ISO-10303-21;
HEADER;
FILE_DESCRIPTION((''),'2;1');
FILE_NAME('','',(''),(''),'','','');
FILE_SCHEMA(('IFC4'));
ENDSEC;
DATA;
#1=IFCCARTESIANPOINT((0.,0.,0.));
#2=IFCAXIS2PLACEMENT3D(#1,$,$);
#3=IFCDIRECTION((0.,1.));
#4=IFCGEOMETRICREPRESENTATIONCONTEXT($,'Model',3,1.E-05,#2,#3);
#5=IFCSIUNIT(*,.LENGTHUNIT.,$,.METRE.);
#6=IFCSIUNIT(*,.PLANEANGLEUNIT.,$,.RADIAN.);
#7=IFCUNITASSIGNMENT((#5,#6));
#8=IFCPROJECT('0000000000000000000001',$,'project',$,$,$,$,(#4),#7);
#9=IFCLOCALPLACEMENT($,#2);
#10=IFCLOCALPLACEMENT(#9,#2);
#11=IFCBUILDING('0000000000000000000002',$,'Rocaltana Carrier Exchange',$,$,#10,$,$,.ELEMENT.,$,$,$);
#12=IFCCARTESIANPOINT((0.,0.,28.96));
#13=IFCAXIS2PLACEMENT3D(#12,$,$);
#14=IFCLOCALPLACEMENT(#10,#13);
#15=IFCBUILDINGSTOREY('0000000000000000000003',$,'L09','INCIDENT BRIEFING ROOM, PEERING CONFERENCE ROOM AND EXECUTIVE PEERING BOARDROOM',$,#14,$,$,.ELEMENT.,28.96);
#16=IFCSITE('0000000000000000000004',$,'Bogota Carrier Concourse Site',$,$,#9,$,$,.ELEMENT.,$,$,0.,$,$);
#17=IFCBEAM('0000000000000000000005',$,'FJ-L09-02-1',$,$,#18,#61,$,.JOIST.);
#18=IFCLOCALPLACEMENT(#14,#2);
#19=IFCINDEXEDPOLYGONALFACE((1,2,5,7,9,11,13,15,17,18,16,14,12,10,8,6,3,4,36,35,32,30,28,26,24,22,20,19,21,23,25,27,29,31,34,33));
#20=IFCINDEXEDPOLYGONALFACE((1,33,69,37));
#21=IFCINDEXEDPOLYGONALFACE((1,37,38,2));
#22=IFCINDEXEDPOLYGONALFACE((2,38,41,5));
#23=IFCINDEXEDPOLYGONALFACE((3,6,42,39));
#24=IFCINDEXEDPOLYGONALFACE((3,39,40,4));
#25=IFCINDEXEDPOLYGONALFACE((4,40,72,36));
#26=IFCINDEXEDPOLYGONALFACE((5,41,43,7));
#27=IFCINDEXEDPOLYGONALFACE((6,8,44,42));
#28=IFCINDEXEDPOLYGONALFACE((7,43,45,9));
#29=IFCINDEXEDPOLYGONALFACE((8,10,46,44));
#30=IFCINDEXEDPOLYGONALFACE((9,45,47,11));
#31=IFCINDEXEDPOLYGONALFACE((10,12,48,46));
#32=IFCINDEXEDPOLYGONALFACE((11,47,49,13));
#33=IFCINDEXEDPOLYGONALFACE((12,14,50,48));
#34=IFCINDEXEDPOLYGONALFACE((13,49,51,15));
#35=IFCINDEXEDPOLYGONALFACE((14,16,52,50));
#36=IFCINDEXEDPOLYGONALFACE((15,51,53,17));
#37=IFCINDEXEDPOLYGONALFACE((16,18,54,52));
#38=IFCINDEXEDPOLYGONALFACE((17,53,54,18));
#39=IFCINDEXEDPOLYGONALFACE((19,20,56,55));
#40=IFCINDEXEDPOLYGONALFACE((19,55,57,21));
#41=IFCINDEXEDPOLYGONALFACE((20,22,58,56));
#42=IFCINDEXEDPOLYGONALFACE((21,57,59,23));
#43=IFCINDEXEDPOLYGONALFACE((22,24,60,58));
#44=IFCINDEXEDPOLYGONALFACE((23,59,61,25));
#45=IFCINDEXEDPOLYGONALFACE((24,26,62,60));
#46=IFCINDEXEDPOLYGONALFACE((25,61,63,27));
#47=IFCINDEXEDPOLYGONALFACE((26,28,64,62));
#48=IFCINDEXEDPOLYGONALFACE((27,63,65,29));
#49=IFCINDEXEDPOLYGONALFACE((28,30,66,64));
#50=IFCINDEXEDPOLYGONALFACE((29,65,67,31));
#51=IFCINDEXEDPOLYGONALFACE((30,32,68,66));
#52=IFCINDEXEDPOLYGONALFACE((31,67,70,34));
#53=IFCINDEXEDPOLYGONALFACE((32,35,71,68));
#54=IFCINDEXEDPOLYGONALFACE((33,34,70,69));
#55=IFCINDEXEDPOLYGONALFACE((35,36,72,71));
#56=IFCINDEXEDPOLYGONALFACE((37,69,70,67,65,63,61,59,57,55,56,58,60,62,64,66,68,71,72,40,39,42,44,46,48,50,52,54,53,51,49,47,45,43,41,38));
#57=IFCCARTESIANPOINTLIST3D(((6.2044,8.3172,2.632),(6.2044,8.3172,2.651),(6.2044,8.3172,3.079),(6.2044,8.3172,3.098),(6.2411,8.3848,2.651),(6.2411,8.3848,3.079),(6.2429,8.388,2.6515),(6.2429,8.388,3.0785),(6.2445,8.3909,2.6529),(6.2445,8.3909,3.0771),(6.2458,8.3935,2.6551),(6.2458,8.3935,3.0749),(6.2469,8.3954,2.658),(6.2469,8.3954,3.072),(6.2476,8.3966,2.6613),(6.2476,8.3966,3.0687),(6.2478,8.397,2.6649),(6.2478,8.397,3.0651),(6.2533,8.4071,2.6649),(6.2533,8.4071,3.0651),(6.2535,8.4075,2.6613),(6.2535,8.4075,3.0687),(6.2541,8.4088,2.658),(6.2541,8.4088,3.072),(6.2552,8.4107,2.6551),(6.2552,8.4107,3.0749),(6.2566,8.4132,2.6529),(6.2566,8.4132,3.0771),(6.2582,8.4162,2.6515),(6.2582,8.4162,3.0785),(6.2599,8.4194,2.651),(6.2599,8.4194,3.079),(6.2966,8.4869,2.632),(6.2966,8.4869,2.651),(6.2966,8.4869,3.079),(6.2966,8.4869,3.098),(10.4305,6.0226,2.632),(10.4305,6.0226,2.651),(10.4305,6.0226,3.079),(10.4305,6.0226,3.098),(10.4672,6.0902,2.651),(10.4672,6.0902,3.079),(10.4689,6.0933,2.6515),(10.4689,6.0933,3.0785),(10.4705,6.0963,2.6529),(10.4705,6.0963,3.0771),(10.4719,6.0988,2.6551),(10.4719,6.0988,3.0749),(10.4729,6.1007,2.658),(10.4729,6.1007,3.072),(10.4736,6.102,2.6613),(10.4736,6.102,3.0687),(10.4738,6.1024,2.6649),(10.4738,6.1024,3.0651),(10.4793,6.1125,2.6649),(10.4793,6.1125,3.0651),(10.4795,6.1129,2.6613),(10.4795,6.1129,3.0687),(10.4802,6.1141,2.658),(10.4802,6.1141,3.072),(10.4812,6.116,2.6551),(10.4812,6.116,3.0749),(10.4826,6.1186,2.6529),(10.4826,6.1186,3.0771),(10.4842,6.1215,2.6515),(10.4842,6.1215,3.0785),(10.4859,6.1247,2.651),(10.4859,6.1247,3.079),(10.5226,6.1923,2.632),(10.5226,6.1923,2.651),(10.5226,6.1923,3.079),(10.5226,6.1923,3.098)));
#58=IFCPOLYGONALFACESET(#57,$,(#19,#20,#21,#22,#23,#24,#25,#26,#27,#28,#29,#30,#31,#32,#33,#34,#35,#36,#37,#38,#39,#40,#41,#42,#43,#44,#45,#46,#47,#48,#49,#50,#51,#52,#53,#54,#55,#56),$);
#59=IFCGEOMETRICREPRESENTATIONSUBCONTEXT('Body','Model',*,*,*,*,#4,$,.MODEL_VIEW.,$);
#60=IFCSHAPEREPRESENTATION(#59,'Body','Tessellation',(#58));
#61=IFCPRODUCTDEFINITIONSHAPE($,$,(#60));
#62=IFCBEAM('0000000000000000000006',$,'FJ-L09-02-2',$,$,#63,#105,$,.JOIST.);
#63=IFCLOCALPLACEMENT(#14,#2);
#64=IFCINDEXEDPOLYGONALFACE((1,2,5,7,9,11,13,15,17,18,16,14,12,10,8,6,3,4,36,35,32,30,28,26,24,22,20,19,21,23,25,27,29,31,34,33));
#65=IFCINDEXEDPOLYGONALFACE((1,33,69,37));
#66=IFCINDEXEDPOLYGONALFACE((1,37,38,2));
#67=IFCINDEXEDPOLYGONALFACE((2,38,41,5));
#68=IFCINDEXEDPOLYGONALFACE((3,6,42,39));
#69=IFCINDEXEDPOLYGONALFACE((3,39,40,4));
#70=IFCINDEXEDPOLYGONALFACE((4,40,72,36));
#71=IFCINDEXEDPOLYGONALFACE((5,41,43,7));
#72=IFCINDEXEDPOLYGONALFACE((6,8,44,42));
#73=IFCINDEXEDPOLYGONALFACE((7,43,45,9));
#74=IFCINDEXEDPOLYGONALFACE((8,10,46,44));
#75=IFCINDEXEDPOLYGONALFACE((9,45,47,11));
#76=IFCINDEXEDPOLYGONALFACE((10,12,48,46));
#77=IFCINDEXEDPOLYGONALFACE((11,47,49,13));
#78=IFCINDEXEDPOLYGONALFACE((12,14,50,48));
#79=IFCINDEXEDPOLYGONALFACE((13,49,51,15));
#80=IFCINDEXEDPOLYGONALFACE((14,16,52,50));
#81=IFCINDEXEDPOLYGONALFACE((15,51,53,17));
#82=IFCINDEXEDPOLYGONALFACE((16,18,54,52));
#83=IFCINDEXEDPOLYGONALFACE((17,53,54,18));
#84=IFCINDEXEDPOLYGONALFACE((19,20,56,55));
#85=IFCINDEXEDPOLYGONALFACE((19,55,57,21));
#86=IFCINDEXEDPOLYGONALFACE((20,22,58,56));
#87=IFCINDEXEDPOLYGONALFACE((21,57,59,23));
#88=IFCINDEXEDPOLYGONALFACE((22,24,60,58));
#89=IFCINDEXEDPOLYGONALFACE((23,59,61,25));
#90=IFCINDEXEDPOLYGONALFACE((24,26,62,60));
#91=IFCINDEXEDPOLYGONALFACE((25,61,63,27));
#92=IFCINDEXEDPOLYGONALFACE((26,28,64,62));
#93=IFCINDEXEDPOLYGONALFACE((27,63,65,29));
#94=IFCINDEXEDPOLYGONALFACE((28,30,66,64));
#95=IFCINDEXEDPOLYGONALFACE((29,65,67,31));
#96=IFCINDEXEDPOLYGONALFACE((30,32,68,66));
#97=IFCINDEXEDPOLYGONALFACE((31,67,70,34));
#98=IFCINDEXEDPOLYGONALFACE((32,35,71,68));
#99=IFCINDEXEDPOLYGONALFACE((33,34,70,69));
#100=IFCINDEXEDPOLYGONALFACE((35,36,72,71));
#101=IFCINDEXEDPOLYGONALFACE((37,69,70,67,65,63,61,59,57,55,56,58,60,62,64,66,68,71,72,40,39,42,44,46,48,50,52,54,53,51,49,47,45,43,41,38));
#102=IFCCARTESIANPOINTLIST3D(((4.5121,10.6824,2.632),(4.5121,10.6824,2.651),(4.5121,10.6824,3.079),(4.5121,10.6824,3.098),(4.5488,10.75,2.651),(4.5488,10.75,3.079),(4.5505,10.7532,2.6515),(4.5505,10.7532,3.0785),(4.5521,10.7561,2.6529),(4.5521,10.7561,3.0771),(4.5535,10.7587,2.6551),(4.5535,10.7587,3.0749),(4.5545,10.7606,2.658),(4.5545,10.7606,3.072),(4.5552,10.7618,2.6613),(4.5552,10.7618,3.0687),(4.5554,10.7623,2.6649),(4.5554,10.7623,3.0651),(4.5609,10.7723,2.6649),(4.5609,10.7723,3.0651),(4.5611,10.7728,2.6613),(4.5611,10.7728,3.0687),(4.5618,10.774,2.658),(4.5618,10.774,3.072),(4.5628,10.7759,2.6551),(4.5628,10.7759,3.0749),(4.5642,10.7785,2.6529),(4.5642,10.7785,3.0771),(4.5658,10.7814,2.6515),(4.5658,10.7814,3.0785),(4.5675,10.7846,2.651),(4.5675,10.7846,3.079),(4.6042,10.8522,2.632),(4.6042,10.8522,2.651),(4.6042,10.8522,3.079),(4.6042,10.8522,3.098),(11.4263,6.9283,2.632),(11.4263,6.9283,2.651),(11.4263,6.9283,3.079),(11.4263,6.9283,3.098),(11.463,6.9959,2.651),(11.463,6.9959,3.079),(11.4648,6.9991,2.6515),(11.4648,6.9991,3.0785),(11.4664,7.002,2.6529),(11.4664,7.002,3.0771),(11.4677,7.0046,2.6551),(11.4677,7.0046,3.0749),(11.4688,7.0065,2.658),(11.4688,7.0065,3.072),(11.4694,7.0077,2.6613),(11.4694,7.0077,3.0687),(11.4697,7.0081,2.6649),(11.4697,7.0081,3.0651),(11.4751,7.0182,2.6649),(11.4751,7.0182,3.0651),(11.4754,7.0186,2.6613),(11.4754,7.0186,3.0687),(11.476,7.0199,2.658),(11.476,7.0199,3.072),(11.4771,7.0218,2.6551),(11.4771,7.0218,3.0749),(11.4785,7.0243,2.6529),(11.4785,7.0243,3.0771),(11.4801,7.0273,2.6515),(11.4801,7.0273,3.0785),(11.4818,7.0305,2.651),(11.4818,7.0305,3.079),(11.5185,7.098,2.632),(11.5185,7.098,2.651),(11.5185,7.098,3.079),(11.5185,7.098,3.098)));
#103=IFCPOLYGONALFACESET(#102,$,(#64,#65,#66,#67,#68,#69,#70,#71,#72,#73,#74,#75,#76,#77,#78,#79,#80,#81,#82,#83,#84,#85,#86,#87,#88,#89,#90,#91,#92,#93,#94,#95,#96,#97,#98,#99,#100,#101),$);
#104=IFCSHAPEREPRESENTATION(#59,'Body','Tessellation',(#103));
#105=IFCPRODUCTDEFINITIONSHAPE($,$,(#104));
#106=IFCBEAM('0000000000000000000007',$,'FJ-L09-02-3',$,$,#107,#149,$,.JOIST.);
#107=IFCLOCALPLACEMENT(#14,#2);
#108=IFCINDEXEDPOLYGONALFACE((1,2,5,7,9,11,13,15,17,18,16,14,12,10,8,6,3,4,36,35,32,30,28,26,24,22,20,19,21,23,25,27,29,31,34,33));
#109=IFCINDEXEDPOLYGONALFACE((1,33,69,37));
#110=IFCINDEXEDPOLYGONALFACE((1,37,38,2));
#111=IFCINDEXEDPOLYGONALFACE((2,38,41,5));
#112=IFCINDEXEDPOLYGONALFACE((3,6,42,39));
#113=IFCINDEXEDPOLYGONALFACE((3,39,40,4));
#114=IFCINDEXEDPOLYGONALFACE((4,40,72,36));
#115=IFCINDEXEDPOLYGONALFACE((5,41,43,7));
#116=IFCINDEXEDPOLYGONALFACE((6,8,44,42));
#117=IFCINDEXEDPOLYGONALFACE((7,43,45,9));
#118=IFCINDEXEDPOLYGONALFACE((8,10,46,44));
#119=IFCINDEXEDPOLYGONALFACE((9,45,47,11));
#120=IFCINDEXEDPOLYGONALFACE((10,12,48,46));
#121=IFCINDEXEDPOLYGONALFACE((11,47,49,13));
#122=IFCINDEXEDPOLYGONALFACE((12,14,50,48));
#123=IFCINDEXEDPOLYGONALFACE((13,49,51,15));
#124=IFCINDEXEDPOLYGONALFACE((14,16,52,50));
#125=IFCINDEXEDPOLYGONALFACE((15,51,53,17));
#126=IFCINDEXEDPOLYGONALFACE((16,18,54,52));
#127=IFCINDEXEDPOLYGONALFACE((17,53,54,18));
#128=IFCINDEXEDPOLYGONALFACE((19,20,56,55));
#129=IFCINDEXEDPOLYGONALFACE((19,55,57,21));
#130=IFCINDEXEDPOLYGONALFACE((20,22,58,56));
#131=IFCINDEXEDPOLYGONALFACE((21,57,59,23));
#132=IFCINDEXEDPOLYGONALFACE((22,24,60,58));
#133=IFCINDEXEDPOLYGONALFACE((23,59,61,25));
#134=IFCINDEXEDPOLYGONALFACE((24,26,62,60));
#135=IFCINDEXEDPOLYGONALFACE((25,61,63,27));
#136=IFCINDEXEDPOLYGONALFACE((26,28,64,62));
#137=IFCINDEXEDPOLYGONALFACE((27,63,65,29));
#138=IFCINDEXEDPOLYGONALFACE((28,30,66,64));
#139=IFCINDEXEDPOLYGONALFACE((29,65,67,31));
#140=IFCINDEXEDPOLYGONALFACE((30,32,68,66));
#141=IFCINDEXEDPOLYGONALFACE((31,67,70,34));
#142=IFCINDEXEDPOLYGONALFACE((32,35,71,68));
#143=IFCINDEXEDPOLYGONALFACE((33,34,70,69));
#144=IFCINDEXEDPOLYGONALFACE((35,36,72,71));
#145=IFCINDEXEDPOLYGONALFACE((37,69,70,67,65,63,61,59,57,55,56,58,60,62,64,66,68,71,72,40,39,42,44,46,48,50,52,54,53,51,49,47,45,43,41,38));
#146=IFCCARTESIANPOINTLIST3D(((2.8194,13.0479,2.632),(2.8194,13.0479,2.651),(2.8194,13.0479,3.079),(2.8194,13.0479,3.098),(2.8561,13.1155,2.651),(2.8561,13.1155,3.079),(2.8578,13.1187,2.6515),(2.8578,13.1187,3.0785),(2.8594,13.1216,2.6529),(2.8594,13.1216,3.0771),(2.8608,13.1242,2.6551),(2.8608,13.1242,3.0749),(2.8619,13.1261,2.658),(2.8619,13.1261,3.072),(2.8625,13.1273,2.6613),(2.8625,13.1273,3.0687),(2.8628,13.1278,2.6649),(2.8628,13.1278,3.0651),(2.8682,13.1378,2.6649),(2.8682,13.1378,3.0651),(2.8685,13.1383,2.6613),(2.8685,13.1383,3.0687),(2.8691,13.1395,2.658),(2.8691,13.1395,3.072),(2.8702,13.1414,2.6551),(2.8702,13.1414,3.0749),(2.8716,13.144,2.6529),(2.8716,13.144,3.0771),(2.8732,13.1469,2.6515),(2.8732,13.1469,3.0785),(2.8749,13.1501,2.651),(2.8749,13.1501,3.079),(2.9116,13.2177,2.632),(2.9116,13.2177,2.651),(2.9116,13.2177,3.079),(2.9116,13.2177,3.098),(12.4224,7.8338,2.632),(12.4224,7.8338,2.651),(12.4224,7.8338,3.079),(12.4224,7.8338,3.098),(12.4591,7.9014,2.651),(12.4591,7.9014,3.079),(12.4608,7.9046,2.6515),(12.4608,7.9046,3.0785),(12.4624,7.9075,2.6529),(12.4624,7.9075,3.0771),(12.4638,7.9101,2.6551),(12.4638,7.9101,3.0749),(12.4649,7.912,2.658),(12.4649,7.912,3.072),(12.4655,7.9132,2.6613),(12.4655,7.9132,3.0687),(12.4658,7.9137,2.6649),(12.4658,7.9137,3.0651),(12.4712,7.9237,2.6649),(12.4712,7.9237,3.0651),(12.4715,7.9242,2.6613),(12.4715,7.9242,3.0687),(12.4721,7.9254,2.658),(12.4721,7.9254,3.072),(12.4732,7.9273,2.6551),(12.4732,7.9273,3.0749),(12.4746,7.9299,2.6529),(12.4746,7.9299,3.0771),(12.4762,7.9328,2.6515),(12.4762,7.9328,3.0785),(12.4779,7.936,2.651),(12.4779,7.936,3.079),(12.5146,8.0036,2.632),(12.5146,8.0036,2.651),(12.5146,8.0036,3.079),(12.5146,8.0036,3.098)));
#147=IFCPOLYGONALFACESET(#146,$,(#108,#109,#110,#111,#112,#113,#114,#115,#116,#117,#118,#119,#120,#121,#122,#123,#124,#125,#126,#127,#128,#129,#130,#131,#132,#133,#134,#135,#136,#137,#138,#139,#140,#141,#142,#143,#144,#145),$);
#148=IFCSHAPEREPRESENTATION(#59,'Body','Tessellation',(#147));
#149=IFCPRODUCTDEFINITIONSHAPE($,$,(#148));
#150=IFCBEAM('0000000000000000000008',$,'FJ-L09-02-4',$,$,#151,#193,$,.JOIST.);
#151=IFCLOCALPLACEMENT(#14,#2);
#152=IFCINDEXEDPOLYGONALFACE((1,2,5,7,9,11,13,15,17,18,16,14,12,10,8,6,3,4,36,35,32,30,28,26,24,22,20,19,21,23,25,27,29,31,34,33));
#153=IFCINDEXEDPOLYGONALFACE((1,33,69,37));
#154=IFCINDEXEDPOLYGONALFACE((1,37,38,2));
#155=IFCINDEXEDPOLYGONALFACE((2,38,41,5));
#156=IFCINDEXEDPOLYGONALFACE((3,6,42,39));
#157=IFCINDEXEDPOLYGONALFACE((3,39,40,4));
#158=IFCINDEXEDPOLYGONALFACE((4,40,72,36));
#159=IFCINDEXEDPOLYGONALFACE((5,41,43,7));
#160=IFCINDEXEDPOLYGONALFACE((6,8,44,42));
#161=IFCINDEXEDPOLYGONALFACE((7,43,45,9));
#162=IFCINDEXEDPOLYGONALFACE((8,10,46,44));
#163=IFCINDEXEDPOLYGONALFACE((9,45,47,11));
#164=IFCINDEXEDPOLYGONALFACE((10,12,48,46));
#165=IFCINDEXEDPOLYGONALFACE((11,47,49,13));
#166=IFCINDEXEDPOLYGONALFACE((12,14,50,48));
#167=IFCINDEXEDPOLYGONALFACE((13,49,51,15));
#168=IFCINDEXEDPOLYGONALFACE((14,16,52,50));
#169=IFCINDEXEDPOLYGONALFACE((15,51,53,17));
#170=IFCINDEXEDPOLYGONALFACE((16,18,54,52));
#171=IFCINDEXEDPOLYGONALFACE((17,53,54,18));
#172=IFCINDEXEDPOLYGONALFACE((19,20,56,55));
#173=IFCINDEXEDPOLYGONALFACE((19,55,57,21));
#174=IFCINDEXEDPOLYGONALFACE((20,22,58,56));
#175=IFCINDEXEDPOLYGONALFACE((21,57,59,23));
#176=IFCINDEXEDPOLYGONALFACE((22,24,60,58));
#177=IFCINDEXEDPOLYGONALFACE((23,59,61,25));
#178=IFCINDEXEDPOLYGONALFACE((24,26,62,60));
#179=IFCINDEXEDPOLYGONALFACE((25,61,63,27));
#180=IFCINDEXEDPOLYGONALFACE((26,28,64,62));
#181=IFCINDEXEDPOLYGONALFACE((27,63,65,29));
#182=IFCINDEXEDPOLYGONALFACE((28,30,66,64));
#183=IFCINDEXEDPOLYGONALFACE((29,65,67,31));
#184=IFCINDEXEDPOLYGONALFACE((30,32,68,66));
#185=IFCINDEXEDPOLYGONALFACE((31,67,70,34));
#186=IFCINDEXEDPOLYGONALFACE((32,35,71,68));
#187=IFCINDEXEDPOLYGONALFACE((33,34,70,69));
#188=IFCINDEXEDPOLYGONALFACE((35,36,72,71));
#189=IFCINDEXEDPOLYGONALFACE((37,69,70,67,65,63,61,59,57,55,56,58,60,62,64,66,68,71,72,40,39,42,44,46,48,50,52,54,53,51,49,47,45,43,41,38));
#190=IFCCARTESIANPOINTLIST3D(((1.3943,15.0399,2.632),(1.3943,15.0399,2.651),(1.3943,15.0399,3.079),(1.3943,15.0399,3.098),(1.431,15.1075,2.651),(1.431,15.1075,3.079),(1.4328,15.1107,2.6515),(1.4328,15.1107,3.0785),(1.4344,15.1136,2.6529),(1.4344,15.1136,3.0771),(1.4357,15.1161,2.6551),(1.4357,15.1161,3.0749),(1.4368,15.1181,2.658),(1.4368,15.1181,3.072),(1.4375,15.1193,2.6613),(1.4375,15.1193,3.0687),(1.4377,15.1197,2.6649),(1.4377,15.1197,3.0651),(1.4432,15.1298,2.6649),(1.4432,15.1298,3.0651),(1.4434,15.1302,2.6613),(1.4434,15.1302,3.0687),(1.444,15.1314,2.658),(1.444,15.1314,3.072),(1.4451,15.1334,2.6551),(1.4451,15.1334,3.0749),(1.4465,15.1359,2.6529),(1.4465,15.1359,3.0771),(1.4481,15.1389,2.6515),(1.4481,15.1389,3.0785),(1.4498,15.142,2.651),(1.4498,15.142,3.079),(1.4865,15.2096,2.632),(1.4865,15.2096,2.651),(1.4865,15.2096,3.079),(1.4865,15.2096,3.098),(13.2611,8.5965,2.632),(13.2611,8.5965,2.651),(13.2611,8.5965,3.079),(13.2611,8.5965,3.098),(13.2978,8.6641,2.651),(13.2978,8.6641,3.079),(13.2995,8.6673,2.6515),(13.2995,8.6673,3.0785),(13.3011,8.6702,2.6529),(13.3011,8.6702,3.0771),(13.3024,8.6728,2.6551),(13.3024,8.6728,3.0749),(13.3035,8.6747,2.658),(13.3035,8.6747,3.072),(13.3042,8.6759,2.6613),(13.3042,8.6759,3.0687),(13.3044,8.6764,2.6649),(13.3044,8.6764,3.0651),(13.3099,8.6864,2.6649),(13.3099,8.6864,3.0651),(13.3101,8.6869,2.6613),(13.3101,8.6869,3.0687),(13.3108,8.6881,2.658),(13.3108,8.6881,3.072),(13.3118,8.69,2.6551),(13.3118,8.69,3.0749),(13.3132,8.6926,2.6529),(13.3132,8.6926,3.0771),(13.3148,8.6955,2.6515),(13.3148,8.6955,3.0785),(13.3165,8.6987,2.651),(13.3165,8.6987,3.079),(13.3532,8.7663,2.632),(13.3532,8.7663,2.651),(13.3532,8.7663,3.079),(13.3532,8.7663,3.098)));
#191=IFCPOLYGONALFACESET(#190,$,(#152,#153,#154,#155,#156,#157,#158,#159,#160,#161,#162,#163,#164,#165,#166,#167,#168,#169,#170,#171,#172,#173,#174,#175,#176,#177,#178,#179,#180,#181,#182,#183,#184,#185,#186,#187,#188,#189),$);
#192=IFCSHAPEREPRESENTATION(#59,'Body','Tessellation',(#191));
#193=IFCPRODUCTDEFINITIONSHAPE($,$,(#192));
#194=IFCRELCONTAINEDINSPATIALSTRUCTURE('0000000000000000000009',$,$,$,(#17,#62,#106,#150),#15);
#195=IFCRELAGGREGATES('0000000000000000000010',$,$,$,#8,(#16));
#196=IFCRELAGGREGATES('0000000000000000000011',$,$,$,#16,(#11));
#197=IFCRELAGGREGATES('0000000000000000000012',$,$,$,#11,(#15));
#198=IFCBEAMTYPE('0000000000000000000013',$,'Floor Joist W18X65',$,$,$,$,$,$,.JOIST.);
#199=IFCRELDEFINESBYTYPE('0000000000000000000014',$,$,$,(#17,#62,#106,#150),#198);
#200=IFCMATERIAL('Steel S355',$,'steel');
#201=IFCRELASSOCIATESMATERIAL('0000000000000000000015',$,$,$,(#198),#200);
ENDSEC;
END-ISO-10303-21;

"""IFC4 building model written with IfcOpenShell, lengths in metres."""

from ifc_helpers import new_model, si_unit, direction, frame, origin, origin_2d, place, context, subcontext, project, spatial, i_section, extrude, material, material_profile, profile_set, type_object, element, save


model = new_model("IFC4")

# Units and contexts
model_context = context("Model", 3, precision=1e-05, world=origin(), true_north=direction((0.0, 1.0)))
body_context = subcontext(model_context, "Body", "Model", "MODEL_VIEW")
ifc_project = project(units=[si_unit("LENGTHUNIT", "METRE"), si_unit("PLANEANGLEUNIT", "RADIAN")], contexts=[model_context])

# Site, building, storey
site_placement = place(None, origin())
site = spatial("IfcSite", under=ifc_project, at=site_placement, Name="Bogota Carrier Concourse Site", CompositionType="ELEMENT", RefElevation=0.0)
building_placement = place(site_placement, origin())
building = spatial("IfcBuilding", under=site, at=building_placement, Name="Rocaltana Carrier Exchange", CompositionType="ELEMENT")
storey_placement = place(building_placement, frame((0.0, 0.0, 28.96)))
storey = spatial("IfcBuildingStorey", under=building, at=storey_placement, Name="L09", Description="INCIDENT BRIEFING ROOM, PEERING CONFERENCE ROOM AND EXECUTIVE PEERING BOARDROOM", CompositionType="ELEMENT", Elevation=28.96)

# Beams
ifc_material_1 = material(Name="Steel S355", Category="steel")
ifc_material_profile_1 = material_profile(ifc_material_1, i_section(OverallWidth=0.1931, OverallDepth=0.4661, WebThickness=0.0115, FlangeThickness=0.019, FilletRadius=0.0139, at=origin_2d()), Name="W18X65")
ifc_profile_set_1 = profile_set([ifc_material_profile_1], Name="Steel S355")
beam_type_1 = type_object("IfcBeamType", Name="Floor Joist W18X65", PredefinedType="JOIST", material=ifc_profile_set_1)
beam_1_placement = place(storey_placement, frame((10.4766, 6.1074, 2.865), z_axis=(-0.878808, 0.477176, 0.0), x_axis=(-0.477176, -0.878808, 0.0)))
element("IfcBeam", 1, at=beam_1_placement, inside=storey, type_object=beam_type_1, Name="FJ-L09-02-1", PredefinedType="JOIST", context=body_context, shape_type="SweptSolid", body=[
    extrude(i_section(OverallWidth=0.1931, OverallDepth=0.4661, WebThickness=0.0115, FlangeThickness=0.019, FilletRadius=0.0139, at=origin_2d()), origin(), (0.0, 0.0, 1.0), 4.8088),
])
beam_2_placement = place(storey_placement, frame((11.4724, 7.0132, 2.865), z_axis=(-0.878818, 0.477158, 0.0), x_axis=(-0.477158, -0.878818, 0.0)))
element("IfcBeam", 2, at=beam_2_placement, inside=storey, type_object=beam_type_1, Name="FJ-L09-02-2", PredefinedType="JOIST", context=body_context, shape_type="SweptSolid", body=[
    extrude(i_section(OverallWidth=0.1931, OverallDepth=0.4661, WebThickness=0.0115, FlangeThickness=0.019, FilletRadius=0.0139, at=origin_2d()), origin(), (0.0, 0.0, 1.0), 7.8677),
])
beam_3_placement = place(storey_placement, frame((12.4685, 7.9187, 2.865), z_axis=(-0.878814, 0.477165, 0.0), x_axis=(-0.477165, -0.878814, 0.0)))
element("IfcBeam", 3, at=beam_3_placement, inside=storey, type_object=beam_type_1, Name="FJ-L09-02-3", PredefinedType="JOIST", context=body_context, shape_type="SweptSolid", body=[
    extrude(i_section(OverallWidth=0.1931, OverallDepth=0.4661, WebThickness=0.0115, FlangeThickness=0.019, FilletRadius=0.0139, at=origin_2d()), origin(), (0.0, 0.0, 1.0), 10.9272),
])
beam_4_placement = place(storey_placement, frame((13.3071, 8.6814, 2.865), z_axis=(-0.878809, 0.477174, 0.0), x_axis=(-0.477174, -0.878809, 0.0)))
element("IfcBeam", 4, at=beam_4_placement, inside=storey, type_object=beam_type_1, Name="FJ-L09-02-4", PredefinedType="JOIST", context=body_context, shape_type="SweptSolid", body=[
    extrude(i_section(OverallWidth=0.1931, OverallDepth=0.4661, WebThickness=0.0115, FlangeThickness=0.019, FilletRadius=0.0139, at=origin_2d()), origin(), (0.0, 0.0, 1.0), 13.5032),
])

save(model, "model.ifc")
